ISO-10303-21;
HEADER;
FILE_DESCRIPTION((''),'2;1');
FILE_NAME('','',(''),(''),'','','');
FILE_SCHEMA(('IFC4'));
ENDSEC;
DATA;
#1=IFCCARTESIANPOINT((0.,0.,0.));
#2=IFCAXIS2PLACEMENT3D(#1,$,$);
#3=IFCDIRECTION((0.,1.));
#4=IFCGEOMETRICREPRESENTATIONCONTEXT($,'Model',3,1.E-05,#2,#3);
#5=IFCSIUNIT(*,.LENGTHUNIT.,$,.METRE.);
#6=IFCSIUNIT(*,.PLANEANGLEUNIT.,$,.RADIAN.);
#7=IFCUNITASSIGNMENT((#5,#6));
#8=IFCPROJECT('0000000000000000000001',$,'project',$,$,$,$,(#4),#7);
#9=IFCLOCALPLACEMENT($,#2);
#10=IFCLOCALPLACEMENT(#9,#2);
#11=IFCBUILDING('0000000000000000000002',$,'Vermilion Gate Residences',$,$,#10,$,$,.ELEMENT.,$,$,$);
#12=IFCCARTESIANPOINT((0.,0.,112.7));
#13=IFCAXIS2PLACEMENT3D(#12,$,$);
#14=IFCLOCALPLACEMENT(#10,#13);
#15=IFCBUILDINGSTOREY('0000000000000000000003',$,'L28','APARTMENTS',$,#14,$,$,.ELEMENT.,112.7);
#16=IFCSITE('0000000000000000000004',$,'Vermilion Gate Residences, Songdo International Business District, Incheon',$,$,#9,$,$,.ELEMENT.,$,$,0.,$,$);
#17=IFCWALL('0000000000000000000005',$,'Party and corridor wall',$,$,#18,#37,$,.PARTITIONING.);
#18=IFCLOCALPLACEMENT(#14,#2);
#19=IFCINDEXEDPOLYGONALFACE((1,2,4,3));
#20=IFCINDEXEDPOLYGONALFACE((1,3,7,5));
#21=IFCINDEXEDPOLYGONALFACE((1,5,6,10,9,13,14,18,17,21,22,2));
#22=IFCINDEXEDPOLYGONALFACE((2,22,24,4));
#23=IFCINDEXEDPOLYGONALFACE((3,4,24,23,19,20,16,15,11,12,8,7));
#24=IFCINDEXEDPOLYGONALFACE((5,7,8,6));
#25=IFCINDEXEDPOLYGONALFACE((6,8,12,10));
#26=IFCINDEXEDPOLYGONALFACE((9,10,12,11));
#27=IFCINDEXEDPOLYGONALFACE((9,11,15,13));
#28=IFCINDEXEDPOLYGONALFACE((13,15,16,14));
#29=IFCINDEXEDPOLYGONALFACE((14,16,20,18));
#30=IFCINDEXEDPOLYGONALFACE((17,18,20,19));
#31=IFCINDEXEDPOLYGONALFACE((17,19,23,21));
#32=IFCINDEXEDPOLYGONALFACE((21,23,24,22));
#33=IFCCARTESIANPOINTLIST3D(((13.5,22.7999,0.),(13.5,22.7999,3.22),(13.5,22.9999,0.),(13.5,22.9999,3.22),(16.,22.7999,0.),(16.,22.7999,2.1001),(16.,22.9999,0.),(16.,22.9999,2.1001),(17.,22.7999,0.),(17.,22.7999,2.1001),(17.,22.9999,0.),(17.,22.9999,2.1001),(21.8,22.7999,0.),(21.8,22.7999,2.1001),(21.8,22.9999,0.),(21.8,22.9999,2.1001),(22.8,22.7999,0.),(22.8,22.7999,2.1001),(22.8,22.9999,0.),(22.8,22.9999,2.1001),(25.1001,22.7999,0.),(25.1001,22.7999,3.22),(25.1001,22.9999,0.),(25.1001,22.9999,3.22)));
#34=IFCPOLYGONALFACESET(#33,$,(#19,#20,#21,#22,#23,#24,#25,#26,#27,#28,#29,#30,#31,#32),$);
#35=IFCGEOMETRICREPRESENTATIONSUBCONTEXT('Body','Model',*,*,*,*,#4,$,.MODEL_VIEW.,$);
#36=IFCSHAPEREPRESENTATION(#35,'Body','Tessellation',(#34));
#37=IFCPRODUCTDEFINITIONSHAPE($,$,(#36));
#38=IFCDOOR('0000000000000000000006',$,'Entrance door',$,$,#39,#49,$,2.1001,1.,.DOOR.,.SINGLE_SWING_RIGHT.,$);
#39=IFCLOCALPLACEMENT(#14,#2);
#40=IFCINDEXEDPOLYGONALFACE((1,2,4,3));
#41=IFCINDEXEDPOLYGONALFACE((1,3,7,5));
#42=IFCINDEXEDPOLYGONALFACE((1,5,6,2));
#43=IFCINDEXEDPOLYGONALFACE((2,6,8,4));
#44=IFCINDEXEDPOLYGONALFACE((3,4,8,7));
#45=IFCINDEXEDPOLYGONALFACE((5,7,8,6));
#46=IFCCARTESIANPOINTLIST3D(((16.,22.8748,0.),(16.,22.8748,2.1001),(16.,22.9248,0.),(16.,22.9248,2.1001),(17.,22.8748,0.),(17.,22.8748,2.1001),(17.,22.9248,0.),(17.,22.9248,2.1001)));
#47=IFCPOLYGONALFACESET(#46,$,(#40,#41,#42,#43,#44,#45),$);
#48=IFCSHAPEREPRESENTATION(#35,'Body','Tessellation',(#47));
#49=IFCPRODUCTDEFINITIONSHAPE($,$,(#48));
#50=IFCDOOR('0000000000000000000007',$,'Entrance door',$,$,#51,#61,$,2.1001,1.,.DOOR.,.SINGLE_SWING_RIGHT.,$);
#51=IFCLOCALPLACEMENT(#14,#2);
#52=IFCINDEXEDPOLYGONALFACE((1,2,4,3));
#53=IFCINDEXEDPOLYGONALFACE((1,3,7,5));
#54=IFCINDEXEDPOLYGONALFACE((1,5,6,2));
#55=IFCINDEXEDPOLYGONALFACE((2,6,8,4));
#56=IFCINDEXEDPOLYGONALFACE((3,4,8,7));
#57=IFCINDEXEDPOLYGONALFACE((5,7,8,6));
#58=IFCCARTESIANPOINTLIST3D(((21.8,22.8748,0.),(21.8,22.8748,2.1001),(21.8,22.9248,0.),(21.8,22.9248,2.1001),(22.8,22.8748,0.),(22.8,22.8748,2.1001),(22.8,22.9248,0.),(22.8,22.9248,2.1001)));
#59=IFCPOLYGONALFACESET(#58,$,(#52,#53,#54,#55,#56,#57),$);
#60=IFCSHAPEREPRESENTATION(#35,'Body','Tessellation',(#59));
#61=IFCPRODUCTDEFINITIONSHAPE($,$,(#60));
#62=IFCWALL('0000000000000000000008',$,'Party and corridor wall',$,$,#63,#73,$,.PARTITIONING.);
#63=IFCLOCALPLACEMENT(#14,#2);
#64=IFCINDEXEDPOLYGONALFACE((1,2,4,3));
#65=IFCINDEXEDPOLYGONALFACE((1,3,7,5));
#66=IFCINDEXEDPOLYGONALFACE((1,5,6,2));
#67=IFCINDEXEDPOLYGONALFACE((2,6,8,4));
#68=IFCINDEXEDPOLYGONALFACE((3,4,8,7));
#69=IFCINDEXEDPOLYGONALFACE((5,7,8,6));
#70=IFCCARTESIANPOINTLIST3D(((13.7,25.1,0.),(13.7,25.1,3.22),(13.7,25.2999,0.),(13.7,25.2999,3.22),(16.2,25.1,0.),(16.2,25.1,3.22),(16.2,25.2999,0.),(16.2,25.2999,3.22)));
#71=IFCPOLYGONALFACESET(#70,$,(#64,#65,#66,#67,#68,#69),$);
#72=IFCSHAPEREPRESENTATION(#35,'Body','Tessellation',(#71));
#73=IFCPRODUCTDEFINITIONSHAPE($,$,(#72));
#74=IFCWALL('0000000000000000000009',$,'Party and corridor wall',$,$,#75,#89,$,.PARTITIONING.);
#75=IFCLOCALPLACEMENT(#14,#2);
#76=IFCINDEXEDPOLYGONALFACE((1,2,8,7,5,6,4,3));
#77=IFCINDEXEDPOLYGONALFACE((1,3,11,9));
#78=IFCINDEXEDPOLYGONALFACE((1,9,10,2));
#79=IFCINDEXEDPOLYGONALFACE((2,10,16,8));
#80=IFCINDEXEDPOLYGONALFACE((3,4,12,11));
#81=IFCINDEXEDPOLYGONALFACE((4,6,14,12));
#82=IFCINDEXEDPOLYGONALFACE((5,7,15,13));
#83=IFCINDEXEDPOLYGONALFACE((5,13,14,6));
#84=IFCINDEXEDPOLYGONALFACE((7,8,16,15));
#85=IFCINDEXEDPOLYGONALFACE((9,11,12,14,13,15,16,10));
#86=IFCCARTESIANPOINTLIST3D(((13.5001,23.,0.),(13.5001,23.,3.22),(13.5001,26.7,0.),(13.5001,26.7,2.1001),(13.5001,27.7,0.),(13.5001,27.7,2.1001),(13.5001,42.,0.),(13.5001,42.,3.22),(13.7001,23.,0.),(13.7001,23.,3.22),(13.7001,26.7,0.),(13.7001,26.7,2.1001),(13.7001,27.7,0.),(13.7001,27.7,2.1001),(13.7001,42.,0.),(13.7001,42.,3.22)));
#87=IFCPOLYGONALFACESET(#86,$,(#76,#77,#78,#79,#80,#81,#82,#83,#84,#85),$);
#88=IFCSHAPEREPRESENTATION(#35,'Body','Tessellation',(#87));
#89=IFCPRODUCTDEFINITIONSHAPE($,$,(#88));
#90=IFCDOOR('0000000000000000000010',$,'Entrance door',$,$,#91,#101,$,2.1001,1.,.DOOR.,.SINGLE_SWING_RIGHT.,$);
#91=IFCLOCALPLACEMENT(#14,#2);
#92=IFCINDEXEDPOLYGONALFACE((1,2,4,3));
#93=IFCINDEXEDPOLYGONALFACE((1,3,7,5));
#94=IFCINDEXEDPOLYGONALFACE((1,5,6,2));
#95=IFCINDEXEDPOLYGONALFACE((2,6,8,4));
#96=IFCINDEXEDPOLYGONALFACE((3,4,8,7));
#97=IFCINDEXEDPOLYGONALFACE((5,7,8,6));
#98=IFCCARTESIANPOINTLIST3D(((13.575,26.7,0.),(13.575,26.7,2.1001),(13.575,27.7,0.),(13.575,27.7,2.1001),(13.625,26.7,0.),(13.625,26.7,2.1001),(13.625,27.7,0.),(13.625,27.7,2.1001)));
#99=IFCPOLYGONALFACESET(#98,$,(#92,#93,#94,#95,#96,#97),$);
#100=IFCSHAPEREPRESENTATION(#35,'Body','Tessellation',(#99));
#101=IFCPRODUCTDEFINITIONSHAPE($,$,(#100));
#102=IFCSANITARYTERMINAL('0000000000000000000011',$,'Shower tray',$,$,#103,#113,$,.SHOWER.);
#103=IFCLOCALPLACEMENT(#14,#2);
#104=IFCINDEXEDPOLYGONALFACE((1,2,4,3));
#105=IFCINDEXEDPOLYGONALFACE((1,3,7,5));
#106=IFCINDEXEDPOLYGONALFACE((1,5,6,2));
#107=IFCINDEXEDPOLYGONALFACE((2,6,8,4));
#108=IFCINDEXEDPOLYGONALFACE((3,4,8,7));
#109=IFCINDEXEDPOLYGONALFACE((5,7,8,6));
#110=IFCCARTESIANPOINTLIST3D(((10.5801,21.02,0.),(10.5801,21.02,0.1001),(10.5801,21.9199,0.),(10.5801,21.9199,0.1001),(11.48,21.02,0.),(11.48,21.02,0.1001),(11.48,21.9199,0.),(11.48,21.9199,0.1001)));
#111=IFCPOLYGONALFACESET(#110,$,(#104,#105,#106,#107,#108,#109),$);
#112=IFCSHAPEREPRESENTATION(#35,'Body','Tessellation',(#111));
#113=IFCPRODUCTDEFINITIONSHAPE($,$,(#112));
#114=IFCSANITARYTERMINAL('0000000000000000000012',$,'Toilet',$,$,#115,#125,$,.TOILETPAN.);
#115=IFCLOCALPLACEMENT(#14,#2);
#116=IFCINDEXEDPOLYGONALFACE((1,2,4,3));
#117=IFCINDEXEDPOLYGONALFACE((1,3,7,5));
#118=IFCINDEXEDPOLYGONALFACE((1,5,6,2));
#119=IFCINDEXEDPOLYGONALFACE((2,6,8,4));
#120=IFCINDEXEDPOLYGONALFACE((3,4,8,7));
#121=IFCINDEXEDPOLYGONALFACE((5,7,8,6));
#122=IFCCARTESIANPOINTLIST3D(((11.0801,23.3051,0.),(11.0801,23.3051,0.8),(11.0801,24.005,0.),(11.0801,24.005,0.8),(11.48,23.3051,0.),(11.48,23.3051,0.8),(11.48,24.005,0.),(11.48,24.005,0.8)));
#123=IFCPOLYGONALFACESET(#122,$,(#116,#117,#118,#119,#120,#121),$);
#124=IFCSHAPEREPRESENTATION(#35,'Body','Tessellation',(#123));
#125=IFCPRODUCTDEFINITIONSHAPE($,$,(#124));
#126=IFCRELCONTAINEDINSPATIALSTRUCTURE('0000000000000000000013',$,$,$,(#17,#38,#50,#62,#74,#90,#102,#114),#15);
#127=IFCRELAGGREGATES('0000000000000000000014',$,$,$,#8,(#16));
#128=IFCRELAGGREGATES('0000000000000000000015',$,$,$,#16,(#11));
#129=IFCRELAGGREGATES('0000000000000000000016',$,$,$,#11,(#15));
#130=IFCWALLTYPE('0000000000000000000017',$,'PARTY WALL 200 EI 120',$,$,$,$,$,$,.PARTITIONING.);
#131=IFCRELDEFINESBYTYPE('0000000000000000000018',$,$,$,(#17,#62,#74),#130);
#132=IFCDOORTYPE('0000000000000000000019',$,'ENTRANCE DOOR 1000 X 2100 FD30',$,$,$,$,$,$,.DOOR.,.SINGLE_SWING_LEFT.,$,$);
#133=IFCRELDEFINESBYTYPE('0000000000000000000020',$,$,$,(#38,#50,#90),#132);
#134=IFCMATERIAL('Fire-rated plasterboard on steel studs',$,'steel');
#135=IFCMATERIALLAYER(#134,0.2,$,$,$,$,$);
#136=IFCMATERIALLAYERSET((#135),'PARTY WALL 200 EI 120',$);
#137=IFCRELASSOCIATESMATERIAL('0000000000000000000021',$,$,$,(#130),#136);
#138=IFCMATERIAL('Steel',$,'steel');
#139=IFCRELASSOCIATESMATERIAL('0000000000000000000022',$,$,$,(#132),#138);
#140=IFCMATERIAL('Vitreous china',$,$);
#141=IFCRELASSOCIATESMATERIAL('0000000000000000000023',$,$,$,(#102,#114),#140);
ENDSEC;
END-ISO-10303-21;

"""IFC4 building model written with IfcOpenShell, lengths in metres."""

from ifc_helpers import new_model, si_unit, direction, frame, frame_2d, origin, origin_2d, place, context, subcontext, project, spatial, rectangle, extrude, material, layer, layer_set, type_object, element, fill, save


model = new_model("IFC4")

# Units and contexts
model_context = context("Model", 3, precision=1e-05, world=origin(), true_north=direction((0.0, 1.0)))
body_context = subcontext(model_context, "Body", "Model", "MODEL_VIEW")
ifc_project = project(units=[si_unit("LENGTHUNIT", "METRE"), si_unit("PLANEANGLEUNIT", "RADIAN")], contexts=[model_context])

# Site, building, storey
site_placement = place(None, origin())
site = spatial("IfcSite", under=ifc_project, at=site_placement, Name="Vermilion Gate Residences, Songdo International Business District, Incheon", CompositionType="ELEMENT", RefElevation=0.0)
building_placement = place(site_placement, origin())
building = spatial("IfcBuilding", under=site, at=building_placement, Name="Vermilion Gate Residences", CompositionType="ELEMENT")
storey_placement = place(building_placement, frame((0.0, 0.0, 112.7)))
storey = spatial("IfcBuildingStorey", under=building, at=storey_placement, Name="L28", Description="APARTMENTS", CompositionType="ELEMENT", Elevation=112.7)

# Wall, openings, doors
ifc_material_1 = material(Name="Fire-rated plasterboard on steel studs", Category="steel")
ifc_layer_1 = layer(ifc_material_1, 0.2)
ifc_layer_set_1 = layer_set([ifc_layer_1], Name="PARTY WALL 200 EI 120")
wall_type_1 = type_object("IfcWallType", Name="PARTY WALL 200 EI 120", PredefinedType="PARTITIONING", material=ifc_layer_set_1)
wall_1_placement = place(storey_placement, frame((13.5, 22.8999, 0.0), z_axis=(0.0, 0.0, 1.0), x_axis=(1.0, 0.0, 0.0)))
wall_1 = element("IfcWall", 1, at=wall_1_placement, inside=storey, type_object=wall_type_1, Name="Party and corridor wall", PredefinedType="PARTITIONING", context=body_context, shape_type="SweptSolid", body=[
    extrude(rectangle(XDim=11.6001, YDim=0.2, at=frame_2d((5.8, 0.0))), origin(), (0.0, 0.0, 1.0), 3.22),
])
opening_1_placement = place(wall_1_placement, frame((2.5, 0.0, 0.0)))
opening_1 = element("IfcOpeningElement", 2, at=opening_1_placement, cuts=wall_1, PredefinedType="OPENING", context=body_context, shape_type="SweptSolid", body=[
    extrude(rectangle(XDim=1.0, YDim=2.1001, at=frame_2d((0.5, 1.05))), frame((0.0, 0.1099, 0.0), z_axis=(0.0, -1.0, 0.0), x_axis=(1.0, 0.0, 0.0)), (0.0, 0.0, 1.0), 0.22),
])
opening_2_placement = place(wall_1_placement, frame((8.3, 0.0, 0.0)))
opening_2 = element("IfcOpeningElement", 3, at=opening_2_placement, cuts=wall_1, PredefinedType="OPENING", context=body_context, shape_type="SweptSolid", body=[
    extrude(rectangle(XDim=1.0, YDim=2.1001, at=frame_2d((0.5, 1.05))), frame((0.0, 0.1099, 0.0), z_axis=(0.0, -1.0, 0.0), x_axis=(1.0, 0.0, 0.0)), (0.0, 0.0, 1.0), 0.22),
])
ifc_material_2 = material(Name="Steel", Category="steel")
door_type_1 = type_object("IfcDoorType", Name="ENTRANCE DOOR 1000 X 2100 FD30", OperationType="SINGLE_SWING_LEFT", PredefinedType="DOOR", material=ifc_material_2)
door_1_placement = place(opening_1_placement, origin())
door_1 = element("IfcDoor", 4, at=door_1_placement, inside=storey, type_object=door_type_1, Name="Entrance door", OperationType="SINGLE_SWING_RIGHT", OverallHeight=2.1001, OverallWidth=1.0, PredefinedType="DOOR", context=body_context, shape_type="SweptSolid", body=[
    extrude(rectangle(XDim=1.0, YDim=2.1001, at=frame_2d((0.5, 1.05))), frame((0.0, 0.0249, 0.0), z_axis=(0.0, -1.0, 0.0), x_axis=(1.0, 0.0, 0.0)), (0.0, 0.0, 1.0), 0.05),
])
fill(opening_1, door_1)
door_2_placement = place(opening_2_placement, origin())
door_2 = element("IfcDoor", 5, at=door_2_placement, inside=storey, type_object=door_type_1, Name="Entrance door", OperationType="SINGLE_SWING_RIGHT", OverallHeight=2.1001, OverallWidth=1.0, PredefinedType="DOOR", context=body_context, shape_type="SweptSolid", body=[
    extrude(rectangle(XDim=1.0, YDim=2.1001, at=frame_2d((0.5, 1.05))), frame((0.0, 0.0249, 0.0), z_axis=(0.0, -1.0, 0.0), x_axis=(1.0, 0.0, 0.0)), (0.0, 0.0, 1.0), 0.05),
])
fill(opening_2, door_2)

# Wall
wall_2_placement = place(storey_placement, frame((13.7, 25.2, 0.0), z_axis=(0.0, 0.0, 1.0), x_axis=(1.0, 0.0, 0.0)))
element("IfcWall", 6, at=wall_2_placement, inside=storey, type_object=wall_type_1, Name="Party and corridor wall", PredefinedType="PARTITIONING", context=body_context, shape_type="SweptSolid", body=[
    extrude(rectangle(XDim=2.5, YDim=0.2, at=frame_2d((1.25, 0.0))), origin(), (0.0, 0.0, 1.0), 3.22),
])

# Wall, opening, door
wall_3_placement = place(storey_placement, frame((13.6001, 23.0, 0.0), z_axis=(0.0, 0.0, 1.0), x_axis=(0.0, 1.0, 0.0)))
wall_3 = element("IfcWall", 7, at=wall_3_placement, inside=storey, type_object=wall_type_1, Name="Party and corridor wall", PredefinedType="PARTITIONING", context=body_context, shape_type="SweptSolid", body=[
    extrude(rectangle(XDim=19.0, YDim=0.2, at=frame_2d((9.5, 0.0))), origin(), (0.0, 0.0, 1.0), 3.22),
])
opening_3_placement = place(wall_3_placement, frame((3.7, 0.0, 0.0)))
opening_3 = element("IfcOpeningElement", 8, at=opening_3_placement, cuts=wall_3, PredefinedType="OPENING", context=body_context, shape_type="SweptSolid", body=[
    extrude(rectangle(XDim=1.0, YDim=2.1001, at=frame_2d((0.5, 1.05))), frame((0.0, 0.1099, 0.0), z_axis=(0.0, -1.0, 0.0), x_axis=(1.0, 0.0, 0.0)), (0.0, 0.0, 1.0), 0.22),
])
door_3_placement = place(opening_3_placement, frame((1.0, 0.0, 0.0), z_axis=(0.0, 0.0, 1.0), x_axis=(-1.0, 0.0, 0.0)))
door_3 = element("IfcDoor", 9, at=door_3_placement, inside=storey, type_object=door_type_1, Name="Entrance door", OperationType="SINGLE_SWING_RIGHT", OverallHeight=2.1001, OverallWidth=1.0, PredefinedType="DOOR", context=body_context, shape_type="SweptSolid", body=[
    extrude(rectangle(XDim=1.0, YDim=2.1001, at=frame_2d((0.5, 1.05))), frame((0.0, 0.0249, 0.0), z_axis=(0.0, -1.0, 0.0), x_axis=(1.0, 0.0, 0.0)), (0.0, 0.0, 1.0), 0.05),
])
fill(opening_3, door_3)

# Sanitary terminals
ifc_material_3 = material(Name="Vitreous china")
sanitary_terminal_1_placement = place(storey_placement, frame((11.03, 21.47, 0.0), z_axis=(0.0, 0.0, 1.0), x_axis=(1.0, 0.0, 0.0)))
element("IfcSanitaryTerminal", 10, at=sanitary_terminal_1_placement, inside=storey, material=ifc_material_3, Name="Shower tray", PredefinedType="SHOWER", context=body_context, shape_type="SweptSolid", body=[
    extrude(rectangle(XDim=0.8999, YDim=0.8999, at=origin_2d()), origin(), (0.0, 0.0, 1.0), 0.1001),
])
sanitary_terminal_2_placement = place(storey_placement, frame((11.28, 23.655, 0.0), z_axis=(0.0, 0.0, 1.0), x_axis=(1.0, 0.0, 0.0)))
element("IfcSanitaryTerminal", 11, at=sanitary_terminal_2_placement, inside=storey, material=ifc_material_3, Name="Toilet", PredefinedType="TOILETPAN", context=body_context, shape_type="SweptSolid", body=[
    extrude(rectangle(XDim=0.3999, YDim=0.7, at=origin_2d()), origin(), (0.0, 0.0, 1.0), 0.8),
])

save(model, "model.ifc")
